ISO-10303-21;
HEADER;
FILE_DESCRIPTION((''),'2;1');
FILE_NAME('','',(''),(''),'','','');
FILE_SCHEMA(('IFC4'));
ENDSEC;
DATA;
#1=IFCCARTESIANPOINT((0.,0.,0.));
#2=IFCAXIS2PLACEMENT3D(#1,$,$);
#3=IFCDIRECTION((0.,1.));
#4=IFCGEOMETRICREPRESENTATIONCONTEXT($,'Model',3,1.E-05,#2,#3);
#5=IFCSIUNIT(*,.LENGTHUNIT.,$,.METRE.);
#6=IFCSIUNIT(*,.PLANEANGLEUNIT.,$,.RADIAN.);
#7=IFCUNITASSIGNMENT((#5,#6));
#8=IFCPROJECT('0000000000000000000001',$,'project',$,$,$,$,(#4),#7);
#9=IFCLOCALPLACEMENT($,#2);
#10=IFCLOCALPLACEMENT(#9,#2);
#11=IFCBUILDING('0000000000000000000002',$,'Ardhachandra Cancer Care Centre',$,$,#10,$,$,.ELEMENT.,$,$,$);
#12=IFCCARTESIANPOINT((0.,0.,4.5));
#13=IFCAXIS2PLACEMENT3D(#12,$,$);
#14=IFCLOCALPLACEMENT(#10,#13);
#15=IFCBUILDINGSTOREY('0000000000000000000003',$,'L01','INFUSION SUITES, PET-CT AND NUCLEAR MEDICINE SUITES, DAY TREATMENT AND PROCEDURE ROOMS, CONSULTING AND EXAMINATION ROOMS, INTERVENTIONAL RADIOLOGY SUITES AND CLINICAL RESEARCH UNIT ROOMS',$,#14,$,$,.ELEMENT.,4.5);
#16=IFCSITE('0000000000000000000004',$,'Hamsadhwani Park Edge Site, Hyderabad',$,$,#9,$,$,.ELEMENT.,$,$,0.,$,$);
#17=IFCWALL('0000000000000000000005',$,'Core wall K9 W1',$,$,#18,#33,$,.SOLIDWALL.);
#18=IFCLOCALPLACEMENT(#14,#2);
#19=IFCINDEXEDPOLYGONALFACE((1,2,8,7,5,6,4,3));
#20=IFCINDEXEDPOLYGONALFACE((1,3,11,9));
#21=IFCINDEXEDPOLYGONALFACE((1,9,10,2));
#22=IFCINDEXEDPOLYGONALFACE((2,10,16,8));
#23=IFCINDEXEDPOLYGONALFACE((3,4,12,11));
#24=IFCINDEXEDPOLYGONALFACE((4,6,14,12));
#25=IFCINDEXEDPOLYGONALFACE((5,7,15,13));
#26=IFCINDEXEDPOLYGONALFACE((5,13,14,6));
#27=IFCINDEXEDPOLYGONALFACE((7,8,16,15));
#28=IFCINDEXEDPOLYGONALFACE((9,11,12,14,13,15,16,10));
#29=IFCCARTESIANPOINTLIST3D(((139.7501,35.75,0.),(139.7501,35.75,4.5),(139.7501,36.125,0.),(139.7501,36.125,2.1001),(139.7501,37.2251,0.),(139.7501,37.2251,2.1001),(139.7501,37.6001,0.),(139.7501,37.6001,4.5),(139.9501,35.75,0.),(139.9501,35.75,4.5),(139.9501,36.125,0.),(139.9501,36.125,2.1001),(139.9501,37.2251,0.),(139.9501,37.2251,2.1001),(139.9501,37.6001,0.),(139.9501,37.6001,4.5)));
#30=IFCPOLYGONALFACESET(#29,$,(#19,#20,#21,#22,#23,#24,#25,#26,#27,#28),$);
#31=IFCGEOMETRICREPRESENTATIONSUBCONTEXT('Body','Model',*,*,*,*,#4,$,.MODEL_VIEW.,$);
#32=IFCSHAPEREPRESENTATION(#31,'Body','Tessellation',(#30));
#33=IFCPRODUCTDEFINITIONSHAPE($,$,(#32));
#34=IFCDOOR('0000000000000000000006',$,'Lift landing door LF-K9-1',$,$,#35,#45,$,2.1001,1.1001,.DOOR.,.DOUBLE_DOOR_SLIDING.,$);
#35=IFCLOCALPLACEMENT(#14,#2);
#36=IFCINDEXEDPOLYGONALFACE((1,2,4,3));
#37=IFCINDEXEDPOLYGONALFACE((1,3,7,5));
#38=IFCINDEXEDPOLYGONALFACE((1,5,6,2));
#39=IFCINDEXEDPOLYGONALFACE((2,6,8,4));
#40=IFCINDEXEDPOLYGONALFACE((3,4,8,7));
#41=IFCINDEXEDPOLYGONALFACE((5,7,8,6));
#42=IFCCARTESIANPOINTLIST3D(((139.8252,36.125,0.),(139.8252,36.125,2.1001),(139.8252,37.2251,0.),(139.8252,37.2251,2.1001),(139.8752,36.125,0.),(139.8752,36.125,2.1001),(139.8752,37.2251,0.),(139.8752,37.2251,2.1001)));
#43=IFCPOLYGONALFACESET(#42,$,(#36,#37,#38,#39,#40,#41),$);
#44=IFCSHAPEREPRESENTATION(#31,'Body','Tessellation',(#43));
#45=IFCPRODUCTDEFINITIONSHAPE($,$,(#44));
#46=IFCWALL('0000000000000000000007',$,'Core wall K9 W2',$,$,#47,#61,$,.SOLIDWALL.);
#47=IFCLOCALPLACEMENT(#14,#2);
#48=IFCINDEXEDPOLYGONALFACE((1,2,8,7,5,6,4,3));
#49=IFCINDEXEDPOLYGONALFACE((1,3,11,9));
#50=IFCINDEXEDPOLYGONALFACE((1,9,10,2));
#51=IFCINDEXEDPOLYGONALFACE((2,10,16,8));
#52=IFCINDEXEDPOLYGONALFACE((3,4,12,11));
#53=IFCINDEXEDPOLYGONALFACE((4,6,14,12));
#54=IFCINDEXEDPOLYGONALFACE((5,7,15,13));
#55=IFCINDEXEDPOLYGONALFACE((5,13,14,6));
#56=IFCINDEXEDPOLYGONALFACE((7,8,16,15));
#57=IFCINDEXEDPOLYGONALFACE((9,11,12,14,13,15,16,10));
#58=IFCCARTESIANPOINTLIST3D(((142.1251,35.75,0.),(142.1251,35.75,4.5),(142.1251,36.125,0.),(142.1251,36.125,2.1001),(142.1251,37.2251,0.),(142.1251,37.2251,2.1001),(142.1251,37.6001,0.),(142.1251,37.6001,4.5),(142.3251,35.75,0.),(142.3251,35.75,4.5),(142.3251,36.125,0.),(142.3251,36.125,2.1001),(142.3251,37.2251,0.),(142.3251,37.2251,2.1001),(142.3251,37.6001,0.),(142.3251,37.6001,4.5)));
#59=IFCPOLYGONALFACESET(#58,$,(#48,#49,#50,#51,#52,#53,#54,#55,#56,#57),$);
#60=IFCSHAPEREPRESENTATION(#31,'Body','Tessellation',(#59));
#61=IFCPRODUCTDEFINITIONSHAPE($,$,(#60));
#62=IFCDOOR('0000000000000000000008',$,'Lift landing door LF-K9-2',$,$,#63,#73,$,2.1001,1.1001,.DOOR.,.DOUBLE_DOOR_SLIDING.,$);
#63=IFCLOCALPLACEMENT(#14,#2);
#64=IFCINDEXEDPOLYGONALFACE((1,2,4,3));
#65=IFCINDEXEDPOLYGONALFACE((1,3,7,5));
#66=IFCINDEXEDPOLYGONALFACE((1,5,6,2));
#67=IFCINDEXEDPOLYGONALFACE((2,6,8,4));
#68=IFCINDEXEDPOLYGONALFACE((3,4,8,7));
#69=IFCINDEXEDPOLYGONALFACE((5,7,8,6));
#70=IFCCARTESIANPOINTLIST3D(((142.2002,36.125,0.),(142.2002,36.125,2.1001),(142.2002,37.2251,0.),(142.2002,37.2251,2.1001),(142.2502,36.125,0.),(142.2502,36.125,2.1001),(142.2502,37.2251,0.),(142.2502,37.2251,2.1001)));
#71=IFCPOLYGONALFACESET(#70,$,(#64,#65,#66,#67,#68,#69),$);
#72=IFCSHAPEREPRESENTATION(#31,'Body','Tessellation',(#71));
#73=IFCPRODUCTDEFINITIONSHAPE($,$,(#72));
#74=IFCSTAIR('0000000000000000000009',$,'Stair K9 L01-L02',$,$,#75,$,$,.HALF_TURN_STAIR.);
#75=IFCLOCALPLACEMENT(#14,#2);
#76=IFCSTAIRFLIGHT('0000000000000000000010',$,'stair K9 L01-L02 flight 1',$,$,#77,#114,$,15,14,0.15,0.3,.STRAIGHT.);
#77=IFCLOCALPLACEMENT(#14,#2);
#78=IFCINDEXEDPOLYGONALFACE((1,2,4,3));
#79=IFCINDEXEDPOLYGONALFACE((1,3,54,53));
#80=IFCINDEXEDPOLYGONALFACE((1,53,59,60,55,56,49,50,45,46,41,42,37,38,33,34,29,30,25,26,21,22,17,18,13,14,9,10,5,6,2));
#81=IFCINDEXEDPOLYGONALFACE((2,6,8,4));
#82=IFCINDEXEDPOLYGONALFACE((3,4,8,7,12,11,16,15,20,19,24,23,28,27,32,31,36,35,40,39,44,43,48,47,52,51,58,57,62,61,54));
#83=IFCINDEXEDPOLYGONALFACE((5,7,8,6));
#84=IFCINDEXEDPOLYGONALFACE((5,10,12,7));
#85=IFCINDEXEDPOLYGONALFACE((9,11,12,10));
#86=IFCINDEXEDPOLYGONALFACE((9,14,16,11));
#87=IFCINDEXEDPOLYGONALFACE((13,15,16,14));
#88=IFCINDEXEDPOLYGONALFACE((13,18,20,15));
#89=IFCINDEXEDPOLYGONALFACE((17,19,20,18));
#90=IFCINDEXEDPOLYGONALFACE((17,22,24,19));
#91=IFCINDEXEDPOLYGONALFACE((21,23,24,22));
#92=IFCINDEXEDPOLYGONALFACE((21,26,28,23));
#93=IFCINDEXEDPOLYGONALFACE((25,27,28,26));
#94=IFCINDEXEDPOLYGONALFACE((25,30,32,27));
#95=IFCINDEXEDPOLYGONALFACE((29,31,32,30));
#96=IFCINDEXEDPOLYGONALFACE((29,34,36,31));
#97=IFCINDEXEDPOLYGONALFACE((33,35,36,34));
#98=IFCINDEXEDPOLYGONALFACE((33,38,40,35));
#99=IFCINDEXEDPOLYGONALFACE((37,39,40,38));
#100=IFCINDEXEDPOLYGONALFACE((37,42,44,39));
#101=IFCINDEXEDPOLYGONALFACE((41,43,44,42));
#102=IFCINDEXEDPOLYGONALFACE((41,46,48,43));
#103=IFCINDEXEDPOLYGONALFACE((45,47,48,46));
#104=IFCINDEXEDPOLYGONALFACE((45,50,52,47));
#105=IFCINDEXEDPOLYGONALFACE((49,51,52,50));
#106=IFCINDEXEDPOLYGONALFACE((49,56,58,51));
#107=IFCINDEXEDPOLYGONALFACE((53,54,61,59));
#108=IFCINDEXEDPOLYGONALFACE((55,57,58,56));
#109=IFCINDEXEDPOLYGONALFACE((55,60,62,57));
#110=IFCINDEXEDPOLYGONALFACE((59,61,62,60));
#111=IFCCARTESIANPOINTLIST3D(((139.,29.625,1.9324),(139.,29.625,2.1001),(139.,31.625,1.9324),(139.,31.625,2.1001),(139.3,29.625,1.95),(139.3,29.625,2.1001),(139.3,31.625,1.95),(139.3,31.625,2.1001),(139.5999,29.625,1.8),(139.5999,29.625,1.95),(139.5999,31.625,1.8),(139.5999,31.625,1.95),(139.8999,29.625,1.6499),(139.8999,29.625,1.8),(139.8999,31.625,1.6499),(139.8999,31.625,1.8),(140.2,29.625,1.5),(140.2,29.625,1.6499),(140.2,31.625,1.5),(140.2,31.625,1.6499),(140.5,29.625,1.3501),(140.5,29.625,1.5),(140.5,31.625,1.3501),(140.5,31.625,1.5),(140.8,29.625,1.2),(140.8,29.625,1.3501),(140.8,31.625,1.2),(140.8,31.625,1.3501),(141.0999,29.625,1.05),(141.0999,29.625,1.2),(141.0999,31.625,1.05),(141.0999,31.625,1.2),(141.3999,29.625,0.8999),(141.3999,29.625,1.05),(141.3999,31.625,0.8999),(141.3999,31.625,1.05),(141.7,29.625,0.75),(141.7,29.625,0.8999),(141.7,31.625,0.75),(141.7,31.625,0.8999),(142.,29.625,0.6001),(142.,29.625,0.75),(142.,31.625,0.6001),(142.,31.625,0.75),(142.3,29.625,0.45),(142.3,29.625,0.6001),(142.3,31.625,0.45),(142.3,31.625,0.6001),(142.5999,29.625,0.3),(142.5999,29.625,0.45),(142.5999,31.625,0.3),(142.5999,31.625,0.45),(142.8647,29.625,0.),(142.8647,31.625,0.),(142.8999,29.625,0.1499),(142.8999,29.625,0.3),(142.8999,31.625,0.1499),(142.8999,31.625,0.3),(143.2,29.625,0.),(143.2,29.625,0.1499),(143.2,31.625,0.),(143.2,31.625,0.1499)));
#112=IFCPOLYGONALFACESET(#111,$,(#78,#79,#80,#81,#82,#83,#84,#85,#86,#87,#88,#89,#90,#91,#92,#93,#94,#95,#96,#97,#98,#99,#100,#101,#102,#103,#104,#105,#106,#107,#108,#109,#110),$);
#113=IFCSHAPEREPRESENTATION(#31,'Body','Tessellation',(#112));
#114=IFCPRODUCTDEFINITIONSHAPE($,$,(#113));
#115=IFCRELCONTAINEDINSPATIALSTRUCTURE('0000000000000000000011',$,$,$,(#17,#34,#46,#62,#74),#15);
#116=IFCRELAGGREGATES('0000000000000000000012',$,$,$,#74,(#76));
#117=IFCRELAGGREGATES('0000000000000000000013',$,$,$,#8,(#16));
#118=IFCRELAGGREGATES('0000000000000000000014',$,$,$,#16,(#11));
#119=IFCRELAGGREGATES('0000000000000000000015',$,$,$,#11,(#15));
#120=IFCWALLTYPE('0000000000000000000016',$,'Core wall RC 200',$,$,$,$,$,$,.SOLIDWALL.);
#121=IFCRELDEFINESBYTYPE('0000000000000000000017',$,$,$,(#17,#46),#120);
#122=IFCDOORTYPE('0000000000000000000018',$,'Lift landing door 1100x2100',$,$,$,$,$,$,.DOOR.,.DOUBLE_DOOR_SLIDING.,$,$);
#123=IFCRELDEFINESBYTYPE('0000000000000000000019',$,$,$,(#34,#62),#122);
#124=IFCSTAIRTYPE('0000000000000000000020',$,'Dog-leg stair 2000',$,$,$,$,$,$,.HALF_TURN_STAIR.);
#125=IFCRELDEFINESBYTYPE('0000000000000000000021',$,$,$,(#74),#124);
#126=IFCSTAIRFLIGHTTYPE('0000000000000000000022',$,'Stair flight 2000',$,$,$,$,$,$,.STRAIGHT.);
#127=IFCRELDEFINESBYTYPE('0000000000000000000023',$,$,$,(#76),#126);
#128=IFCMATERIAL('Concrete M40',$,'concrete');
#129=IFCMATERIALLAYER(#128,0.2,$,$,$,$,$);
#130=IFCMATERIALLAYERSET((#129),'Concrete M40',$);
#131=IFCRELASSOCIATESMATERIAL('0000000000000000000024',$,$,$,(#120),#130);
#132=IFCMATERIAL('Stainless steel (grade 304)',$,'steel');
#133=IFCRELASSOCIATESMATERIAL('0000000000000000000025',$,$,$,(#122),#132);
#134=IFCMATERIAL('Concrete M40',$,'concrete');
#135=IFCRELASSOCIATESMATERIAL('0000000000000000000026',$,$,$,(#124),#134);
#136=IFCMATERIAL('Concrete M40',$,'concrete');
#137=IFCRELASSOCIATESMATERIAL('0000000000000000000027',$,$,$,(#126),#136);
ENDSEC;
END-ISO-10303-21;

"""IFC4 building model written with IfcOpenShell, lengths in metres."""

from ifc_helpers import new_model, si_unit, direction, frame, frame_2d, origin, place, context, subcontext, project, spatial, polyline, rectangle, outline, extrude, material, layer, layer_set, type_object, element, fill, aggregate, save


model = new_model("IFC4")

# Units and contexts
model_context = context("Model", 3, precision=1e-05, world=origin(), true_north=direction((0.0, 1.0)))
body_context = subcontext(model_context, "Body", "Model", "MODEL_VIEW")
ifc_project = project(units=[si_unit("LENGTHUNIT", "METRE"), si_unit("PLANEANGLEUNIT", "RADIAN")], contexts=[model_context])

# Site, building, storey
site_placement = place(None, origin())
site = spatial("IfcSite", under=ifc_project, at=site_placement, Name="Hamsadhwani Park Edge Site, Hyderabad", CompositionType="ELEMENT", RefElevation=0.0)
building_placement = place(site_placement, origin())
building = spatial("IfcBuilding", under=site, at=building_placement, Name="Ardhachandra Cancer Care Centre", CompositionType="ELEMENT")
storey_placement = place(building_placement, frame((0.0, 0.0, 4.5)))
storey = spatial("IfcBuildingStorey", under=building, at=storey_placement, Name="L01", Description="INFUSION SUITES, PET-CT AND NUCLEAR MEDICINE SUITES, DAY TREATMENT AND PROCEDURE ROOMS, CONSULTING AND EXAMINATION ROOMS, INTERVENTIONAL RADIOLOGY SUITES AND CLINICAL RESEARCH UNIT ROOMS", CompositionType="ELEMENT", Elevation=4.5)

# Shared definitions
ifc_material_1 = material(Name="Concrete M40", Category="concrete")
ifc_layer_1 = layer(ifc_material_1, 0.2)
ifc_layer_set_1 = layer_set([ifc_layer_1], Name="Concrete M40")
wall_type_1 = type_object("IfcWallType", Name="Core wall RC 200", PredefinedType="SOLIDWALL", material=ifc_layer_set_1)

# Walls, openings, doors
wall_1_placement = place(storey_placement, frame((139.8501, 35.75, 0.0), z_axis=(0.0, 0.0, 1.0), x_axis=(0.0, 1.0, 0.0)))
wall_1 = element("IfcWall", 1, at=wall_1_placement, inside=storey, type_object=wall_type_1, Name="Core wall K9 W1", PredefinedType="SOLIDWALL", context=body_context, shape_type="SweptSolid", body=[
    extrude(rectangle(XDim=1.8501, YDim=0.2, at=frame_2d((0.925, 0.0))), origin(), (0.0, 0.0, 1.0), 4.5),
])
opening_1_placement = place(wall_1_placement, frame((0.375, 0.0, 0.0)))
opening_1 = element("IfcOpeningElement", 2, at=opening_1_placement, cuts=wall_1, PredefinedType="OPENING", context=body_context, shape_type="SweptSolid", body=[
    extrude(rectangle(XDim=1.1001, YDim=2.1001, at=frame_2d((0.55, 1.05))), frame((0.0, 0.1099, 0.0), z_axis=(0.0, -1.0, 0.0), x_axis=(1.0, 0.0, 0.0)), (0.0, 0.0, 1.0), 0.22),
])
ifc_material_2 = material(Name="Stainless steel (grade 304)", Category="steel")
door_type = type_object("IfcDoorType", Name="Lift landing door 1100x2100", OperationType="DOUBLE_DOOR_SLIDING", PredefinedType="DOOR", material=ifc_material_2)
door_1_placement = place(opening_1_placement, origin())
door_1 = element("IfcDoor", 3, at=door_1_placement, inside=storey, type_object=door_type, Name="Lift landing door LF-K9-1", OperationType="DOUBLE_DOOR_SLIDING", OverallHeight=2.1001, OverallWidth=1.1001, PredefinedType="DOOR", context=body_context, shape_type="SweptSolid", body=[
    extrude(rectangle(XDim=1.1001, YDim=2.1001, at=frame_2d((0.55, 1.05))), frame((0.0, 0.0249, 0.0), z_axis=(0.0, -1.0, 0.0), x_axis=(1.0, 0.0, 0.0)), (0.0, 0.0, 1.0), 0.05),
])
fill(opening_1, door_1)
wall_2_placement = place(storey_placement, frame((142.2251, 35.75, 0.0), z_axis=(0.0, 0.0, 1.0), x_axis=(0.0, 1.0, 0.0)))
wall_2 = element("IfcWall", 4, at=wall_2_placement, inside=storey, type_object=wall_type_1, Name="Core wall K9 W2", PredefinedType="SOLIDWALL", context=body_context, shape_type="SweptSolid", body=[
    extrude(rectangle(XDim=1.8501, YDim=0.2, at=frame_2d((0.925, 0.0))), origin(), (0.0, 0.0, 1.0), 4.5),
])
opening_2_placement = place(wall_2_placement, frame((0.375, 0.0, 0.0)))
opening_2 = element("IfcOpeningElement", 5, at=opening_2_placement, cuts=wall_2, PredefinedType="OPENING", context=body_context, shape_type="SweptSolid", body=[
    extrude(rectangle(XDim=1.1001, YDim=2.1001, at=frame_2d((0.55, 1.05))), frame((0.0, 0.1099, 0.0), z_axis=(0.0, -1.0, 0.0), x_axis=(1.0, 0.0, 0.0)), (0.0, 0.0, 1.0), 0.22),
])
door_2_placement = place(opening_2_placement, origin())
door_2 = element("IfcDoor", 6, at=door_2_placement, inside=storey, type_object=door_type, Name="Lift landing door LF-K9-2", OperationType="DOUBLE_DOOR_SLIDING", OverallHeight=2.1001, OverallWidth=1.1001, PredefinedType="DOOR", context=body_context, shape_type="SweptSolid", body=[
    extrude(rectangle(XDim=1.1001, YDim=2.1001, at=frame_2d((0.55, 1.05))), frame((0.0, 0.0249, 0.0), z_axis=(0.0, -1.0, 0.0), x_axis=(1.0, 0.0, 0.0)), (0.0, 0.0, 1.0), 0.05),
])
fill(opening_2, door_2)

# Stair, stair flight
ifc_material_3 = material(Name="Concrete M40", Category="concrete")
stair_type = type_object("IfcStairType", Name="Dog-leg stair 2000", PredefinedType="HALF_TURN_STAIR", material=ifc_material_3)
stair_placement = place(storey_placement, origin())
stair = element("IfcStair", 7, at=stair_placement, inside=storey, type_object=stair_type, Name="Stair K9 L01-L02", PredefinedType="HALF_TURN_STAIR")
ifc_material_4 = material(Name="Concrete M40", Category="concrete")
stair_flight_type = type_object("IfcStairFlightType", Name="Stair flight 2000", PredefinedType="STRAIGHT", material=ifc_material_4)
stair_flight_placement = place(storey_placement, frame((143.2, 30.625, 0.0), z_axis=(0.0, 0.0, 1.0), x_axis=(-1.0, 0.0, 0.0)))
stair_flight = element("IfcStairFlight", 8, at=stair_flight_placement, type_object=stair_flight_type, Name="stair K9 L01-L02 flight 1", NumberOfRisers=15, NumberOfTreads=14, PredefinedType="STRAIGHT", RiserHeight=0.15, TreadLength=0.3, context=body_context, shape_type="SweptSolid", body=[
    extrude(outline(polyline([(0.0, 0.0), (0.0, 0.1499), (0.3, 0.1499), (0.3, 0.3), (0.6001, 0.3), (0.6001, 0.45), (0.8999, 0.45), (0.8999, 0.6001), (1.2, 0.6001), (1.2, 0.75), (1.5, 0.75), (1.5, 0.8999), (1.8, 0.8999), (1.8, 1.05), (2.1001, 1.05), (2.1001, 1.2), (2.3999, 1.2), (2.3999, 1.3501), (2.7, 1.3501), (2.7, 1.5), (3.0, 1.5), (3.0, 1.6499), (3.3, 1.6499), (3.3, 1.8), (3.6001, 1.8), (3.6001, 1.95), (3.8999, 1.95), (3.8999, 2.1001), (4.2, 2.1001), (4.2, 2.25), (4.2, 1.9324), (0.3352, 0.0), (0.0, 0.0)])), frame((0.0, 1.0, 0.0), z_axis=(0.0, -1.0, 0.0), x_axis=(1.0, 0.0, 0.0)), (0.0, 0.0, 1.0), 2.0),
])
aggregate(stair, [stair_flight])

save(model, "model.ifc")
